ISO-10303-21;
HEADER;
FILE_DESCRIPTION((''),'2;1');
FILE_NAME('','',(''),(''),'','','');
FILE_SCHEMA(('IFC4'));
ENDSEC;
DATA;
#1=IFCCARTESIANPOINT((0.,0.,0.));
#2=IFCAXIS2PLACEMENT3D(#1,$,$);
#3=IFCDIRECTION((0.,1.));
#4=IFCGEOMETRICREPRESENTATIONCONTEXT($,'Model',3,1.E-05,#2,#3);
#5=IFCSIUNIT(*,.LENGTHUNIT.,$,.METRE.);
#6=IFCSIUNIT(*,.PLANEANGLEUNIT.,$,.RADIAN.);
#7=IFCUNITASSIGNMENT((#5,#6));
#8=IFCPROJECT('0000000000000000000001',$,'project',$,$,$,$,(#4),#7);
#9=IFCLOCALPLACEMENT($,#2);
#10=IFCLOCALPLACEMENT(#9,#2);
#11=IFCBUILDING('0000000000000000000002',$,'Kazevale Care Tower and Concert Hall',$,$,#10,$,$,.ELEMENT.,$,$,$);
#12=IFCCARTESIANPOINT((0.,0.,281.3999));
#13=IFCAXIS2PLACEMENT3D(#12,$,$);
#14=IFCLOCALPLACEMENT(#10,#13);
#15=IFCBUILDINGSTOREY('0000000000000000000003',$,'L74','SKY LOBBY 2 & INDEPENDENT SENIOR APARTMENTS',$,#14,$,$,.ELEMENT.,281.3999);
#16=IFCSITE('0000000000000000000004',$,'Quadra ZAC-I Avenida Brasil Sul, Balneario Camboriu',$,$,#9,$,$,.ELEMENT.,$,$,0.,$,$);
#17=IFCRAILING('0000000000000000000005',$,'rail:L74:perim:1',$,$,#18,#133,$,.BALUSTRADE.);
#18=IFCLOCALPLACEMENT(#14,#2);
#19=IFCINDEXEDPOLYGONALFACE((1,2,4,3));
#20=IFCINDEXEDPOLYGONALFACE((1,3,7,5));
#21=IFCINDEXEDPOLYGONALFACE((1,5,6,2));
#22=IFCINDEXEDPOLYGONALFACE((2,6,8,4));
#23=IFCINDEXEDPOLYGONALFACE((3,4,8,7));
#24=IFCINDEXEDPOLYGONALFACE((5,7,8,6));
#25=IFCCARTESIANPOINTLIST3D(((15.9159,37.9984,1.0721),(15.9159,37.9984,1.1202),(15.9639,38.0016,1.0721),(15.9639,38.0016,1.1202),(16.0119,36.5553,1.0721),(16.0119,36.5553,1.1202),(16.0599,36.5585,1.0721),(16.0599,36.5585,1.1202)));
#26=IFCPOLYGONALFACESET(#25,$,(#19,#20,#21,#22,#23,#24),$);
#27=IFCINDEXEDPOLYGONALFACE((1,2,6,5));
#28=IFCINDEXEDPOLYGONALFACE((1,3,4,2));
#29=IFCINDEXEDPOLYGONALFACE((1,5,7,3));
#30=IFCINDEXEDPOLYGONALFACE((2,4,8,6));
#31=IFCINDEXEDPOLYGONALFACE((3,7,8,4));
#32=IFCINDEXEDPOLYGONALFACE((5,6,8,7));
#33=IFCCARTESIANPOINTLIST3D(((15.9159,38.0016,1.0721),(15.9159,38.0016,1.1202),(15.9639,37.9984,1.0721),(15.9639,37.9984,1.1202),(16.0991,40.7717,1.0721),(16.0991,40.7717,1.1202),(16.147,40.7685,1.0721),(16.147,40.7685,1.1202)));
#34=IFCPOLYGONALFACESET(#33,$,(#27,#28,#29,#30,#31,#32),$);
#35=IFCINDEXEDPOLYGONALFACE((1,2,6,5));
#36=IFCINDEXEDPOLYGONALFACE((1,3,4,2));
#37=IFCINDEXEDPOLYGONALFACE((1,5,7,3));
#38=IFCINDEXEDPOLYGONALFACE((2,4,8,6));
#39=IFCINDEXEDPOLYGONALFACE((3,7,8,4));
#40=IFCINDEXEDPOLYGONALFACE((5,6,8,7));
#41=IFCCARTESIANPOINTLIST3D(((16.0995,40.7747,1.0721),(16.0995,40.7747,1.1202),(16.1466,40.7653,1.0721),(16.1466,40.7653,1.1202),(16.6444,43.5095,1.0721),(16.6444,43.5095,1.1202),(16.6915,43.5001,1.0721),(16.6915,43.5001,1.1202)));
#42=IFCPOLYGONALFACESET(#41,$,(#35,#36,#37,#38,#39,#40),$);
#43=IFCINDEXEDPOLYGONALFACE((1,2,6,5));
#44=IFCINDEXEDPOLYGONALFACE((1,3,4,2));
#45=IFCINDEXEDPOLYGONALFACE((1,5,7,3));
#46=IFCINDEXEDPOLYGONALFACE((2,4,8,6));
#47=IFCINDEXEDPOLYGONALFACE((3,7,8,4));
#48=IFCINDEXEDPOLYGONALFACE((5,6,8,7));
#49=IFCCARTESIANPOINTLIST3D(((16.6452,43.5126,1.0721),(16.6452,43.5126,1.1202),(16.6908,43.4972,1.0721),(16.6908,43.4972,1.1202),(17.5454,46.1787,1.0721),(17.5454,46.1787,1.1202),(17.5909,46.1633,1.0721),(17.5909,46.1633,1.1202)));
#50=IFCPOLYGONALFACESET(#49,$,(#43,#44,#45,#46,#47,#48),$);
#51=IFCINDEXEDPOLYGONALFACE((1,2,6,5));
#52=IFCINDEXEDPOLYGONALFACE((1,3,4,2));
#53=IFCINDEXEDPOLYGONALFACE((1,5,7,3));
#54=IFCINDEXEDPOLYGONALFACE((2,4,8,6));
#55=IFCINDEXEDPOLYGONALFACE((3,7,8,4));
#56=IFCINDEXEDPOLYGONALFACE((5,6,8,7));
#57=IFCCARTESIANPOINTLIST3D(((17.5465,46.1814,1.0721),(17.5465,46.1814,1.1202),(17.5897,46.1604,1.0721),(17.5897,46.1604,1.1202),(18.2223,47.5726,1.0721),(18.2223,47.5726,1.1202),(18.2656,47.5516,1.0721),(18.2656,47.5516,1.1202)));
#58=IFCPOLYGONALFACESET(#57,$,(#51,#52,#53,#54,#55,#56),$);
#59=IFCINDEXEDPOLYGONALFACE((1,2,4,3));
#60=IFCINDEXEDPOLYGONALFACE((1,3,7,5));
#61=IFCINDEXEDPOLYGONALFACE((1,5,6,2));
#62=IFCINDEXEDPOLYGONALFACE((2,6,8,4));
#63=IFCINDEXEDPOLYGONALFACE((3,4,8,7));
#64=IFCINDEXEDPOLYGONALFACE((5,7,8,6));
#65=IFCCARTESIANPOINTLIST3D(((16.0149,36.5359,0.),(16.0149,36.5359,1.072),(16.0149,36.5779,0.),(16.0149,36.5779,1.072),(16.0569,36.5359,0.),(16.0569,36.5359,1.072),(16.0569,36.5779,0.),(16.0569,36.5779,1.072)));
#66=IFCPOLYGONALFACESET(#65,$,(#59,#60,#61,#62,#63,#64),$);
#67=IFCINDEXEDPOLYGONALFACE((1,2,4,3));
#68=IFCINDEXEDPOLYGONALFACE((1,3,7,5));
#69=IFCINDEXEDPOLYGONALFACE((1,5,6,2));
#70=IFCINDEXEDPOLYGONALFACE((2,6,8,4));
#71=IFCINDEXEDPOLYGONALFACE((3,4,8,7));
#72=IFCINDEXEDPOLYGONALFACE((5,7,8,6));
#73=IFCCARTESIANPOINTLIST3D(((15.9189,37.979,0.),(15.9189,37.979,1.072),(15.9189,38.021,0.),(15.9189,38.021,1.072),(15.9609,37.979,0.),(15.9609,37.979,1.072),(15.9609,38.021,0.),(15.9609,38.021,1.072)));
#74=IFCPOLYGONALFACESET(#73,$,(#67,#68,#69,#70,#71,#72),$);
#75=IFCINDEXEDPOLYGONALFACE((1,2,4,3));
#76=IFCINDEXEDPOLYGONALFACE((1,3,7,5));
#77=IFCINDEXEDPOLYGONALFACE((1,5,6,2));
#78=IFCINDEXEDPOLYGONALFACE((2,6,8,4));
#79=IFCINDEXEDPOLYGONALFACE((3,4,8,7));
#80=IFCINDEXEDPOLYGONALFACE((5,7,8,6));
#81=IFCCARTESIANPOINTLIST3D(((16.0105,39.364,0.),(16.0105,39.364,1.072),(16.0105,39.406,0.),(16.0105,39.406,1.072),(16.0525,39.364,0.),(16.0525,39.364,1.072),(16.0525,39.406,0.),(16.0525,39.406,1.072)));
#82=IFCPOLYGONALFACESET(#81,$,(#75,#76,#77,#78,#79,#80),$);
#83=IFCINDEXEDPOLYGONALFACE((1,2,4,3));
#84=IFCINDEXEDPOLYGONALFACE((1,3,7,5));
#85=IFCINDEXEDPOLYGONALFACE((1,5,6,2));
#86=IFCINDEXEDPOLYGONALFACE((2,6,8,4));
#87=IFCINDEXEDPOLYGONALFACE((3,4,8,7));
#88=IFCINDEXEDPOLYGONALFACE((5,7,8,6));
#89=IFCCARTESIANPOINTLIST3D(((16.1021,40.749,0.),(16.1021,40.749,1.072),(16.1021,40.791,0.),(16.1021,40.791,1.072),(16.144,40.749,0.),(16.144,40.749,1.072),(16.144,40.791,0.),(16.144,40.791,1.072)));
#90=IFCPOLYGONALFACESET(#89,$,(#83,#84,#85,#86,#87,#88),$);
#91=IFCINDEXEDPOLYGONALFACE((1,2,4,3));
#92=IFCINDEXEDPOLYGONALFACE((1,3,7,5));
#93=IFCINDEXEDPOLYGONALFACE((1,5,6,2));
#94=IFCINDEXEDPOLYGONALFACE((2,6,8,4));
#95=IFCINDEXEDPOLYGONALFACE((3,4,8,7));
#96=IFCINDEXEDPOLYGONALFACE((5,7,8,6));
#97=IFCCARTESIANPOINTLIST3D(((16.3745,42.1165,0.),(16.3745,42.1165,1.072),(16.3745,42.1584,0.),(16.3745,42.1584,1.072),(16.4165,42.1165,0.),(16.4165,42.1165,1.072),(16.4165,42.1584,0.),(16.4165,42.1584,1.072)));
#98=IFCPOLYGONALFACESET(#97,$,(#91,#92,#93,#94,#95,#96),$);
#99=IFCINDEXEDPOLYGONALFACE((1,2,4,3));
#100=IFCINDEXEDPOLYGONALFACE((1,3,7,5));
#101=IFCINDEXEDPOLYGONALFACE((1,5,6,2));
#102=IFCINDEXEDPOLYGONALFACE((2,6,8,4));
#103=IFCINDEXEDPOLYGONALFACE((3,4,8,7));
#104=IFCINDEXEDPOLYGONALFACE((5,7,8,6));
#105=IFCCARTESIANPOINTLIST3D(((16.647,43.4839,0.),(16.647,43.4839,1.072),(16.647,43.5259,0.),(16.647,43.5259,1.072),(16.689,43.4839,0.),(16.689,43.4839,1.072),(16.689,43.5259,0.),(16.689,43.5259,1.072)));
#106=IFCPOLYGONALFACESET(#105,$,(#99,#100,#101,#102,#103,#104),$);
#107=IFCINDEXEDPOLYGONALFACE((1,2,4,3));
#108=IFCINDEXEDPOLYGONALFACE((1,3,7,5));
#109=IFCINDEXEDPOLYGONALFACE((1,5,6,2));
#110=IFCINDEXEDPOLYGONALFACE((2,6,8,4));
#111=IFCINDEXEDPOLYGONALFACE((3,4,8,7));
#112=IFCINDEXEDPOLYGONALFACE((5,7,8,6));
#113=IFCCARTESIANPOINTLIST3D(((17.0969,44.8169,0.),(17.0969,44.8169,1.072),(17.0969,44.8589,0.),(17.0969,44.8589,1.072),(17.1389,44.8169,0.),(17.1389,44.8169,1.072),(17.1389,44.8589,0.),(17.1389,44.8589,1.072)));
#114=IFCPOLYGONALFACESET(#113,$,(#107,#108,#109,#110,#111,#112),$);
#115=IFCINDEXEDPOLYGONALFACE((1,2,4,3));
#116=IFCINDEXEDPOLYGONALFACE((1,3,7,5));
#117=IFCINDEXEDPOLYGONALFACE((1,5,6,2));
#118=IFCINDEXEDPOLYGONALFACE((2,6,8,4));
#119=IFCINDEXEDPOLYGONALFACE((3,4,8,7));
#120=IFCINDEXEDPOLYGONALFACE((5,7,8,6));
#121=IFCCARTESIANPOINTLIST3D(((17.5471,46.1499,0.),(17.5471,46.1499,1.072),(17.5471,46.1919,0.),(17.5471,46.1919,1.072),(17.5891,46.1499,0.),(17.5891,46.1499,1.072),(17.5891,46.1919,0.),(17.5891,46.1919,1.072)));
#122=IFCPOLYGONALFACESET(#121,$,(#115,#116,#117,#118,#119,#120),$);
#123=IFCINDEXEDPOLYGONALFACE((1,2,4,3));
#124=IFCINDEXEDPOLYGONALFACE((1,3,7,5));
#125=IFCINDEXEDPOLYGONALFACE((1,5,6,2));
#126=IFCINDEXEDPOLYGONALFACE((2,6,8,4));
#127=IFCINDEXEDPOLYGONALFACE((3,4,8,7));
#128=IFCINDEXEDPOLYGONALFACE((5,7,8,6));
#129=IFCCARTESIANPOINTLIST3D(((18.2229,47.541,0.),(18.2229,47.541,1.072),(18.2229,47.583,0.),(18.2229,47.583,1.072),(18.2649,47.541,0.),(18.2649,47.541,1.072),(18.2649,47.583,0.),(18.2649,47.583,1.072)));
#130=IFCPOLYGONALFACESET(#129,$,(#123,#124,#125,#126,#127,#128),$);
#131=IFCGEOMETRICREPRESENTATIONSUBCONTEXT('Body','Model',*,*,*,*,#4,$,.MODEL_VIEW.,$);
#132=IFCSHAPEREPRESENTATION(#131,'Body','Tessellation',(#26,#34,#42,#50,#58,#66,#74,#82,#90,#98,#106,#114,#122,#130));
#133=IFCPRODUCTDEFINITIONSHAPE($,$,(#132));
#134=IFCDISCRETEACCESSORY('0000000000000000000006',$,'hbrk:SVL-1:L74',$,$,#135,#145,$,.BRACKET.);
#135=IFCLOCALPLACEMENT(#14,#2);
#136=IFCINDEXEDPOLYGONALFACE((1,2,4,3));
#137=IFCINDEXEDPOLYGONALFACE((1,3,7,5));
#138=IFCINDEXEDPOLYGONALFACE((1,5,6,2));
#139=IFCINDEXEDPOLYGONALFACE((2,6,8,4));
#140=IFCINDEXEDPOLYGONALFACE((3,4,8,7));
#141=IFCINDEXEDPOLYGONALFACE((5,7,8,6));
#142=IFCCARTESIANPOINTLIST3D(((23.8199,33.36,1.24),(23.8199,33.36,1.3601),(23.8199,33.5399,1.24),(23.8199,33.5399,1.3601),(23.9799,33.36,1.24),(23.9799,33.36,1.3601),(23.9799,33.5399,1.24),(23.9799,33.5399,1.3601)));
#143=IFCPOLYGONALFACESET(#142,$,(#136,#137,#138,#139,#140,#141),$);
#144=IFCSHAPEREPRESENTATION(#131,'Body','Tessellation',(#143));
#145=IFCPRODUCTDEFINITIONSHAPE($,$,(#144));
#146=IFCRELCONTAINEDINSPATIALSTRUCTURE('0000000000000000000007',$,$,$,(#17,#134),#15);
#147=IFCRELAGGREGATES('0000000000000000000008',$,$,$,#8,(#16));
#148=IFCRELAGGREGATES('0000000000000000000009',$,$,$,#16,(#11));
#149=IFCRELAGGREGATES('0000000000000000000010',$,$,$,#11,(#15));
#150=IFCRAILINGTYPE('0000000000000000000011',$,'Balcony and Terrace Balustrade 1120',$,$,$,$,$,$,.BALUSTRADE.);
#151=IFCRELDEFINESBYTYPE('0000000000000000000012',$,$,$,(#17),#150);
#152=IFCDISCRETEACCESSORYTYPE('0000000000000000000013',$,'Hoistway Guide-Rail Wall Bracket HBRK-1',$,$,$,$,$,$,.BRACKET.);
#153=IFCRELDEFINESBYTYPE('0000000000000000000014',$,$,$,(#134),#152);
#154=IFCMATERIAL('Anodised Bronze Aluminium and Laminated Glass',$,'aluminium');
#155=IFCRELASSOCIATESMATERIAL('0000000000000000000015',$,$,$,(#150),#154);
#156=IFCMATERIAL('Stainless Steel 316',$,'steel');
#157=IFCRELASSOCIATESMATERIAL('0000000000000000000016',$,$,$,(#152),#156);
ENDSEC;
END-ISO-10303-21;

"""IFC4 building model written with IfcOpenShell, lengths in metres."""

from ifc_helpers import new_model, si_unit, direction, frame, origin, origin_2d, place, context, subcontext, project, spatial, rectangle, extrude, material, type_object, element, save


model = new_model("IFC4")

# Units and contexts
model_context = context("Model", 3, precision=1e-05, world=origin(), true_north=direction((0.0, 1.0)))
body_context = subcontext(model_context, "Body", "Model", "MODEL_VIEW")
ifc_project = project(units=[si_unit("LENGTHUNIT", "METRE"), si_unit("PLANEANGLEUNIT", "RADIAN")], contexts=[model_context])

# Site, building, storey
site_placement = place(None, origin())
site = spatial("IfcSite", under=ifc_project, at=site_placement, Name="Quadra ZAC-I Avenida Brasil Sul, Balneario Camboriu", CompositionType="ELEMENT", RefElevation=0.0)
building_placement = place(site_placement, origin())
building = spatial("IfcBuilding", under=site, at=building_placement, Name="Kazevale Care Tower and Concert Hall", CompositionType="ELEMENT")
storey_placement = place(building_placement, frame((0.0, 0.0, 281.3999)))
storey = spatial("IfcBuildingStorey", under=building, at=storey_placement, Name="L74", Description="SKY LOBBY 2 & INDEPENDENT SENIOR APARTMENTS", CompositionType="ELEMENT", Elevation=281.3999)

# Shared definitions
ifc_material_1 = material(Name="Stainless Steel 316", Category="steel")

# Railing
ifc_material_2 = material(Name="Anodised Bronze Aluminium and Laminated Glass", Category="aluminium")
railing_type = type_object("IfcRailingType", Name="Balcony and Terrace Balustrade 1120", PredefinedType="BALUSTRADE", material=ifc_material_2)
railing_placement = place(storey_placement, frame((16.0359, 36.5569, 0.0)))
element("IfcRailing", 1, at=railing_placement, inside=storey, type_object=railing_type, Name="rail:L74:perim:1", PredefinedType="BALUSTRADE", context=body_context, shape_type="SweptSolid", body=[
    extrude(rectangle(XDim=0.0481, YDim=0.0481, at=origin_2d()), frame((0.0, 0.0, 1.0962), z_axis=(-0.06634, 0.997797, 0.0), x_axis=(-0.997797, -0.06634, 0.0)), (0.0, 0.0, 1.0), 1.4463),
    extrude(rectangle(XDim=0.0481, YDim=0.0481, at=origin_2d()), frame((-0.0959, 1.4431, 1.0962), z_axis=(0.065959, 0.997822, 0.0), x_axis=(-0.997822, 0.065959, 0.0)), (0.0, 0.0, 1.0), 2.7761),
    extrude(rectangle(XDim=0.0481, YDim=0.0481, at=origin_2d()), frame((0.0872, 4.2131, 1.0962), z_axis=(0.195409, 0.980722, 0.0), x_axis=(-0.980722, 0.195409, 0.0)), (0.0, 0.0, 1.0), 2.7886),
    extrude(rectangle(XDim=0.0481, YDim=0.0481, at=origin_2d()), frame((0.6321, 6.948, 1.0962), z_axis=(0.319895, 0.947453, 0.0), x_axis=(-0.947453, 0.319895, 0.0)), (0.0, 0.0, 1.0), 2.814),
    extrude(rectangle(XDim=0.0481, YDim=0.0481, at=origin_2d()), frame((1.5322, 9.614, 1.0962), z_axis=(0.436955, 0.899483, 0.0), x_axis=(-0.899483, 0.436955, 0.0)), (0.0, 0.0, 1.0), 1.5466),
    extrude(rectangle(XDim=0.042, YDim=0.042, at=origin_2d()), origin(), (0.0, 0.0, 1.0), 1.072),
    extrude(rectangle(XDim=0.042, YDim=0.042, at=origin_2d()), frame((-0.0959, 1.4431, 0.0)), (0.0, 0.0, 1.0), 1.072),
    extrude(rectangle(XDim=0.042, YDim=0.042, at=origin_2d()), frame((-0.0044, 2.8281, 0.0)), (0.0, 0.0, 1.0), 1.072),
    extrude(rectangle(XDim=0.042, YDim=0.042, at=origin_2d()), frame((0.0872, 4.2131, 0.0)), (0.0, 0.0, 1.0), 1.072),
    extrude(rectangle(XDim=0.042, YDim=0.042, at=origin_2d()), frame((0.3596, 5.5806, 0.0)), (0.0, 0.0, 1.0), 1.072),
    extrude(rectangle(XDim=0.042, YDim=0.042, at=origin_2d()), frame((0.6321, 6.948, 0.0)), (0.0, 0.0, 1.0), 1.072),
    extrude(rectangle(XDim=0.042, YDim=0.042, at=origin_2d()), frame((1.082, 8.281, 0.0)), (0.0, 0.0, 1.0), 1.072),
    extrude(rectangle(XDim=0.042, YDim=0.042, at=origin_2d()), frame((1.5322, 9.614, 0.0)), (0.0, 0.0, 1.0), 1.072),
    extrude(rectangle(XDim=0.042, YDim=0.042, at=origin_2d()), frame((2.208, 11.0051, 0.0)), (0.0, 0.0, 1.0), 1.072),
])

# Discrete accessory
discrete_accessory_type = type_object("IfcDiscreteAccessoryType", Name="Hoistway Guide-Rail Wall Bracket HBRK-1", PredefinedType="BRACKET", material=ifc_material_1)
discrete_accessory_placement = place(storey_placement, frame((23.8999, 33.45, 1.24), z_axis=(0.0, 0.0, 1.0), x_axis=(1.0, 0.0, 0.0)))
element("IfcDiscreteAccessory", 2, at=discrete_accessory_placement, inside=storey, type_object=discrete_accessory_type, Name="hbrk:SVL-1:L74", PredefinedType="BRACKET", context=body_context, shape_type="SweptSolid", body=[
    extrude(rectangle(XDim=0.1599, YDim=0.1799, at=origin_2d()), origin(), (0.0, 0.0, 1.0), 0.1201),
])

save(model, "model.ifc")
